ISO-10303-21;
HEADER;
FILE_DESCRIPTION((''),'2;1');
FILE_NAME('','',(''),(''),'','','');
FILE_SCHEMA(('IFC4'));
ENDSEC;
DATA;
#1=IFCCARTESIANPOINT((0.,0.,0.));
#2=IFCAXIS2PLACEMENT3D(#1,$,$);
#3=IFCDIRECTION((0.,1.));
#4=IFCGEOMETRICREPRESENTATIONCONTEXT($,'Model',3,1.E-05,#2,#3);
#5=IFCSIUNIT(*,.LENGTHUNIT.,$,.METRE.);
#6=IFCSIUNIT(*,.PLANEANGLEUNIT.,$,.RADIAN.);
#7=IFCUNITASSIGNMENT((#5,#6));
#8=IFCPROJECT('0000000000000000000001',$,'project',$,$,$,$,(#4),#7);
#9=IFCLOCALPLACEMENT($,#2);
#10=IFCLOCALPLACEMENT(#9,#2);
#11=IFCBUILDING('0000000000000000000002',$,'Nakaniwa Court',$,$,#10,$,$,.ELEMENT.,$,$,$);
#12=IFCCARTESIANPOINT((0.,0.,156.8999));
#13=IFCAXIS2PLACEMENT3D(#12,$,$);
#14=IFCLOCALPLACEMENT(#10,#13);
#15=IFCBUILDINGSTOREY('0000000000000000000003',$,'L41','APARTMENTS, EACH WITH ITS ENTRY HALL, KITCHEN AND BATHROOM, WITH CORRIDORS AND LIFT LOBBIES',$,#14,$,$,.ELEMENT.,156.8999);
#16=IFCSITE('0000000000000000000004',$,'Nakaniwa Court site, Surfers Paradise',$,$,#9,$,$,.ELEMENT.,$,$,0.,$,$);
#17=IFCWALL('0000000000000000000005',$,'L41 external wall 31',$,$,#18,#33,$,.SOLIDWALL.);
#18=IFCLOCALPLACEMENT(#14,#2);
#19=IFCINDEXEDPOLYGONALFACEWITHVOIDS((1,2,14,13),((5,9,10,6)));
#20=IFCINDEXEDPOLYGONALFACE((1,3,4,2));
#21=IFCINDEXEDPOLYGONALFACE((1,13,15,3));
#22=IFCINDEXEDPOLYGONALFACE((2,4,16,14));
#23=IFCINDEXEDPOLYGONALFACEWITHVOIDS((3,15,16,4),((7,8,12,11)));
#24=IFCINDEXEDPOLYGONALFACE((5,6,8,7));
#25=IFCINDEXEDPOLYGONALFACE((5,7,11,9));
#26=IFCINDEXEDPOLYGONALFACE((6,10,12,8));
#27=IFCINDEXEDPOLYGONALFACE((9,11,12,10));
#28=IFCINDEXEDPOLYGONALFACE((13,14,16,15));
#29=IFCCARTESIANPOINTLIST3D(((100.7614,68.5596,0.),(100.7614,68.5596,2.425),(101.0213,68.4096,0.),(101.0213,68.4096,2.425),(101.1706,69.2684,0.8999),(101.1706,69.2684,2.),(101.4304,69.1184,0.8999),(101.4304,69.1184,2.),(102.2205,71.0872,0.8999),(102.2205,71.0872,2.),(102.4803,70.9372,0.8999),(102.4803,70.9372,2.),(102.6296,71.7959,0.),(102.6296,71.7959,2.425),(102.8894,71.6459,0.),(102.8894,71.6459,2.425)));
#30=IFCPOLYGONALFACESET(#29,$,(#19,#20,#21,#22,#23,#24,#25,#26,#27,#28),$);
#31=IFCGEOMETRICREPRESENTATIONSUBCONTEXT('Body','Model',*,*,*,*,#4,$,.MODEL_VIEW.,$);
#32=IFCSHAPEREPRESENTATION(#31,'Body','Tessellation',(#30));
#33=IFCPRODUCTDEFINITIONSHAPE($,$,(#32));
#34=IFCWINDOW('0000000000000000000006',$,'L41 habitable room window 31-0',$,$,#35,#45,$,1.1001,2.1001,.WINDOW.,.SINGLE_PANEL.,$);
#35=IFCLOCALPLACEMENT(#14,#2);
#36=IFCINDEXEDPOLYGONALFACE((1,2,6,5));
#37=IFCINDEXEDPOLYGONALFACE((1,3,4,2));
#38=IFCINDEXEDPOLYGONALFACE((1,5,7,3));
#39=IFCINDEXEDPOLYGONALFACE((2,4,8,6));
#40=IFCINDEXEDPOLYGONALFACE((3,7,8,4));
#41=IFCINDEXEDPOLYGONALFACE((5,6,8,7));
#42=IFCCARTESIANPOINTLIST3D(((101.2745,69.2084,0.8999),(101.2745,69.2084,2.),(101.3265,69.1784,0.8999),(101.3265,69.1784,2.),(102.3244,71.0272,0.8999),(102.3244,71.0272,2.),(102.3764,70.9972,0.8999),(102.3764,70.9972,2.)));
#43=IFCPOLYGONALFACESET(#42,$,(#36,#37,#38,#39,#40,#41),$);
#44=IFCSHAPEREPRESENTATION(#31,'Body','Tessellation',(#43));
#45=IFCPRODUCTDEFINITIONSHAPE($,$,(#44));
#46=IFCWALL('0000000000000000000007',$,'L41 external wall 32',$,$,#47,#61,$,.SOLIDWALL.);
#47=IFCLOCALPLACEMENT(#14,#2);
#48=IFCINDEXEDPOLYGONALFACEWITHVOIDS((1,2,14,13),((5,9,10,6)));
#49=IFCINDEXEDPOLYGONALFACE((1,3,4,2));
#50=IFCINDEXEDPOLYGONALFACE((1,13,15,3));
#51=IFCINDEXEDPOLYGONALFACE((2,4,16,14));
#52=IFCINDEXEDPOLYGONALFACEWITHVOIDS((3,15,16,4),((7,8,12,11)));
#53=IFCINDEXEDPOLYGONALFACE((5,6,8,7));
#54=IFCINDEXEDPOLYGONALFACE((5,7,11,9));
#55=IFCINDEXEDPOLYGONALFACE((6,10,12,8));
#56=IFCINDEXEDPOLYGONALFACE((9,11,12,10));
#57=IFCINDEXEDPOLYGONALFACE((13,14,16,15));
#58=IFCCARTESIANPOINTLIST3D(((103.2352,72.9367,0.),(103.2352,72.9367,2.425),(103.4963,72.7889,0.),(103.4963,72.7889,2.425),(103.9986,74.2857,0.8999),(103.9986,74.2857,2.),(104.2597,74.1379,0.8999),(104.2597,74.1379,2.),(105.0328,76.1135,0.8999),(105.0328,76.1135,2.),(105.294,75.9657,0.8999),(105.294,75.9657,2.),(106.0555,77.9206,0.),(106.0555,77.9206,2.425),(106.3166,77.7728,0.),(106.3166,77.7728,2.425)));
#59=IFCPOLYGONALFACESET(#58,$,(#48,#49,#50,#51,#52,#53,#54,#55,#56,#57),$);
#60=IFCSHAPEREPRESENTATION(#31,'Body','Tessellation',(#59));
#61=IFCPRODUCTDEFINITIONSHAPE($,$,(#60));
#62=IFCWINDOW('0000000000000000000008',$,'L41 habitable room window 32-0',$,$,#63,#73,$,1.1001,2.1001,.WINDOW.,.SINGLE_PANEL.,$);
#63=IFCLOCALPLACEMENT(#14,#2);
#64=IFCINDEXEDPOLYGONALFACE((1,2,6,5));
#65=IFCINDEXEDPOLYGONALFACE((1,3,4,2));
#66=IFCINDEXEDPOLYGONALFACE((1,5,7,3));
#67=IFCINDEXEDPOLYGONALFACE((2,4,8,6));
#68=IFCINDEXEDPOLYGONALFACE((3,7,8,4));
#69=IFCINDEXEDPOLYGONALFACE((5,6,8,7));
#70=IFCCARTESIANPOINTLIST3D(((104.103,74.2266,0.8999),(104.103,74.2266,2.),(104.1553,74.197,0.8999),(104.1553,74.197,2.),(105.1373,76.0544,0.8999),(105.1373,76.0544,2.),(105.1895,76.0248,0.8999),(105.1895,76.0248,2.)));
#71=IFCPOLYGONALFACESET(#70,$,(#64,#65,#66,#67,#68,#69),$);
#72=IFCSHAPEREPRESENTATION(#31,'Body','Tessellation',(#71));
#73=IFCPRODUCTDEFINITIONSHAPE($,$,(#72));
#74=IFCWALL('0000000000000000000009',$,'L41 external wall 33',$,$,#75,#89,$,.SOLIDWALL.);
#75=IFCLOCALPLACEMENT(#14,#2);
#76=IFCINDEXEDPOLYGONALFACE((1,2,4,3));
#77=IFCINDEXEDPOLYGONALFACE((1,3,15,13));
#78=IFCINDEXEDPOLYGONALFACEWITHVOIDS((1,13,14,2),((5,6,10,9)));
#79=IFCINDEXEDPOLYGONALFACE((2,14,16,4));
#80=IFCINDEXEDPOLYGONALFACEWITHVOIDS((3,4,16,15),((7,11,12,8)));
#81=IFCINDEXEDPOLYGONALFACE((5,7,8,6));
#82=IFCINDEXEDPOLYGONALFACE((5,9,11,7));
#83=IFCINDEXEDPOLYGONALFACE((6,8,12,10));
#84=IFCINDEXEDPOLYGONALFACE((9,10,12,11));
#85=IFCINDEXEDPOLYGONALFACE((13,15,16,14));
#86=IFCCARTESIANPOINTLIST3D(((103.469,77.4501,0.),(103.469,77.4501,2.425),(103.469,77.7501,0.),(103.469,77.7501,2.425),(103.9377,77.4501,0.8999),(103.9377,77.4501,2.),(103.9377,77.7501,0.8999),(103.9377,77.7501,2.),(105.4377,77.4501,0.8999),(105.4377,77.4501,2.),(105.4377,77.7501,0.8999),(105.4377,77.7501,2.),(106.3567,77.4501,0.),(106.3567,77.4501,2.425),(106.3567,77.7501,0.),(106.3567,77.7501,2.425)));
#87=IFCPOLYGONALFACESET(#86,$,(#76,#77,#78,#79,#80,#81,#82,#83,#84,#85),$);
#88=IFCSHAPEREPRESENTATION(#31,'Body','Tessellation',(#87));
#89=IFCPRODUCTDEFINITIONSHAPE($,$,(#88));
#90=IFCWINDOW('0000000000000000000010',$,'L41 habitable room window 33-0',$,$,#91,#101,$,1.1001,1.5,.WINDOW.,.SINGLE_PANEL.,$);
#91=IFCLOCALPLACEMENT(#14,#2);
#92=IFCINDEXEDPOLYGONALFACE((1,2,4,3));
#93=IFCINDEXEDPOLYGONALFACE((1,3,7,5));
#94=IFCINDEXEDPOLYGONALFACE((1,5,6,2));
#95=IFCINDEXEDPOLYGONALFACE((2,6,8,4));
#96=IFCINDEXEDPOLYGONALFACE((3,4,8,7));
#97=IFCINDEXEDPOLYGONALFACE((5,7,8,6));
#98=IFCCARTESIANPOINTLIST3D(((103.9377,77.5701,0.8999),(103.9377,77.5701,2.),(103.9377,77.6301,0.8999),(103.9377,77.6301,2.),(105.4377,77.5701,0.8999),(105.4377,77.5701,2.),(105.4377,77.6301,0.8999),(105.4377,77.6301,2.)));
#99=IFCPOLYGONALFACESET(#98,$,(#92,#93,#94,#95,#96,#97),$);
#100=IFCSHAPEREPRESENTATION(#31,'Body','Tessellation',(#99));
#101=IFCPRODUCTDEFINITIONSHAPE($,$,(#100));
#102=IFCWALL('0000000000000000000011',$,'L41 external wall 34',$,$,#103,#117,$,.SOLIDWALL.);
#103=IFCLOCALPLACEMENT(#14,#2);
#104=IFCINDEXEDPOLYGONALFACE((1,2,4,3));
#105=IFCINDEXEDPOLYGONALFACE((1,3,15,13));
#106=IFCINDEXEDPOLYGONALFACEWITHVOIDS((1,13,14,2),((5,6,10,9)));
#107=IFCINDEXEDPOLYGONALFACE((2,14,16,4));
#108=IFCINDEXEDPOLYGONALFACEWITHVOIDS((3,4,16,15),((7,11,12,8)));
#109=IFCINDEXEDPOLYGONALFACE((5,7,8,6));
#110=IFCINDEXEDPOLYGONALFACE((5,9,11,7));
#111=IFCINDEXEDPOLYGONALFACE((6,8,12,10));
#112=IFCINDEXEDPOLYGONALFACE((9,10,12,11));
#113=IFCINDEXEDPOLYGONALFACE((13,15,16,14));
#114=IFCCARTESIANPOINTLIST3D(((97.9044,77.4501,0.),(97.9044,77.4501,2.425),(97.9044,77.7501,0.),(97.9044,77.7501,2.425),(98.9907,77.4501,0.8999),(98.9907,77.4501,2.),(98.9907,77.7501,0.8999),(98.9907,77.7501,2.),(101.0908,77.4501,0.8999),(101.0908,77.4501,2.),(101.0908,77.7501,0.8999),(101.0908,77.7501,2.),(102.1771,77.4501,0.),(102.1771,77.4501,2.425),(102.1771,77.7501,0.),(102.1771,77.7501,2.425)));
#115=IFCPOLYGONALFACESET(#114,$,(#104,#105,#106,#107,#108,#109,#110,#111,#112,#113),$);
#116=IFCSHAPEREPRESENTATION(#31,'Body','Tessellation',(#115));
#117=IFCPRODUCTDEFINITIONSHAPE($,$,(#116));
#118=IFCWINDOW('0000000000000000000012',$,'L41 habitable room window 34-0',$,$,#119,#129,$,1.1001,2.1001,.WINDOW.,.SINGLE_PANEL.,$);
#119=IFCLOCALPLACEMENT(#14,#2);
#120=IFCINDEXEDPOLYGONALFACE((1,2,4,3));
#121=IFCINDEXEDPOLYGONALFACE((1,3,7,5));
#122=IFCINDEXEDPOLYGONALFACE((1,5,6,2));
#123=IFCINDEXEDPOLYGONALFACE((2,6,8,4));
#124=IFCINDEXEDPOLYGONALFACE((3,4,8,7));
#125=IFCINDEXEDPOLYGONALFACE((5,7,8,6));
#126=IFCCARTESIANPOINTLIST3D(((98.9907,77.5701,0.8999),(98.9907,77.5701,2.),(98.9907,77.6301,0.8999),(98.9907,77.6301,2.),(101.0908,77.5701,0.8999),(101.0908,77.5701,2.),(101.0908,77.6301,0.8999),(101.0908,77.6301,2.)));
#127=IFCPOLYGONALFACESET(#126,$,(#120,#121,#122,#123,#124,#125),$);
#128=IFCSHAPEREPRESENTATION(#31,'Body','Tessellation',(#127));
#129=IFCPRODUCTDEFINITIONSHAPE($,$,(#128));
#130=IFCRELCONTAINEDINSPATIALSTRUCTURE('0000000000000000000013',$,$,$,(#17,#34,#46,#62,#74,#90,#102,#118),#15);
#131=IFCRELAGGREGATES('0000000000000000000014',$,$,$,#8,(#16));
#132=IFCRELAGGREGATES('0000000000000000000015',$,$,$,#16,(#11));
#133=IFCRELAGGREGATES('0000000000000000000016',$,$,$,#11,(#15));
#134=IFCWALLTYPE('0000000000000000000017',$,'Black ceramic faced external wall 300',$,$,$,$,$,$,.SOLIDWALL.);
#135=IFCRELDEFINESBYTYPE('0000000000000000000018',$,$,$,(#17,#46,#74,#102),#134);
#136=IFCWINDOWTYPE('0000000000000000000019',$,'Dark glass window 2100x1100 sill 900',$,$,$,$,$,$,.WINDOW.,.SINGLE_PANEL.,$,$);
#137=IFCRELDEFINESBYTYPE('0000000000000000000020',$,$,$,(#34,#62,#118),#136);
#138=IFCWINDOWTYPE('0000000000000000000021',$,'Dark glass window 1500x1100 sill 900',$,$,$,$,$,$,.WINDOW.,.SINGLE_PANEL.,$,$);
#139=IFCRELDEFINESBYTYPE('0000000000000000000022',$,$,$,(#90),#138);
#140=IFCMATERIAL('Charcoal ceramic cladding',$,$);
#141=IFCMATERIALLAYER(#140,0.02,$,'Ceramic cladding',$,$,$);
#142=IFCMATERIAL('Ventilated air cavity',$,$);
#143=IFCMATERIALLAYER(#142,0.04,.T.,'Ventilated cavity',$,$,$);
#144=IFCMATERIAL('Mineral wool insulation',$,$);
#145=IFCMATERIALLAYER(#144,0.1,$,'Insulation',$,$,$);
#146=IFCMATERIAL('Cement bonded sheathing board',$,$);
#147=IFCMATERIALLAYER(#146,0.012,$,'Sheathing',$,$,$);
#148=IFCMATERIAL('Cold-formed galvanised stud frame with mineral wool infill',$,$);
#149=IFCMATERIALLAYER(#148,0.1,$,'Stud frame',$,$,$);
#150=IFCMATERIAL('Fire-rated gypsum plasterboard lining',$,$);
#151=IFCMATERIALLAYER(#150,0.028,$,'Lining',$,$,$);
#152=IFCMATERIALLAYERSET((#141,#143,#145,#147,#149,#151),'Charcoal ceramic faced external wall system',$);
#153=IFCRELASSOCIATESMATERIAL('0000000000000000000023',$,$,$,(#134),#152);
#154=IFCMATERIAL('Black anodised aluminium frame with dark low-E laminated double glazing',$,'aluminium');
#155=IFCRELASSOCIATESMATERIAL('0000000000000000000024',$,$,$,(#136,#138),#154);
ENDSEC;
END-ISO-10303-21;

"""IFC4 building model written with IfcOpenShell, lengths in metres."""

from ifc_helpers import new_model, si_unit, direction, frame, frame_2d, origin, place, context, subcontext, project, spatial, rectangle, extrude, material, layer, layer_set, type_object, element, fill, save


model = new_model("IFC4")

# Units and contexts
model_context = context("Model", 3, precision=1e-05, world=origin(), true_north=direction((0.0, 1.0)))
body_context = subcontext(model_context, "Body", "Model", "MODEL_VIEW")
ifc_project = project(units=[si_unit("LENGTHUNIT", "METRE"), si_unit("PLANEANGLEUNIT", "RADIAN")], contexts=[model_context])

# Site, building, storey
site_placement = place(None, origin())
site = spatial("IfcSite", under=ifc_project, at=site_placement, Name="Nakaniwa Court site, Surfers Paradise", CompositionType="ELEMENT", RefElevation=0.0)
building_placement = place(site_placement, origin())
building = spatial("IfcBuilding", under=site, at=building_placement, Name="Nakaniwa Court", CompositionType="ELEMENT")
storey_placement = place(building_placement, frame((0.0, 0.0, 156.8999)))
storey = spatial("IfcBuildingStorey", under=building, at=storey_placement, Name="L41", Description="APARTMENTS, EACH WITH ITS ENTRY HALL, KITCHEN AND BATHROOM, WITH CORRIDORS AND LIFT LOBBIES", CompositionType="ELEMENT", Elevation=156.8999)

# Walls, openings, windows
ifc_material_1 = material(Name="Charcoal ceramic cladding")
ifc_layer_1 = layer(ifc_material_1, 0.02, Name="Ceramic cladding")
ifc_material_2 = material(Name="Ventilated air cavity")
ifc_layer_2 = layer(ifc_material_2, 0.04, ventilated=True, Name="Ventilated cavity")
ifc_material_3 = material(Name="Mineral wool insulation")
ifc_layer_3 = layer(ifc_material_3, 0.1, Name="Insulation")
ifc_material_4 = material(Name="Cement bonded sheathing board")
ifc_layer_4 = layer(ifc_material_4, 0.012, Name="Sheathing")
ifc_material_5 = material(Name="Cold-formed galvanised stud frame with mineral wool infill")
ifc_layer_5 = layer(ifc_material_5, 0.1, Name="Stud frame")
ifc_material_6 = material(Name="Fire-rated gypsum plasterboard lining")
ifc_layer_6 = layer(ifc_material_6, 0.028, Name="Lining")
ifc_layer_set_1 = layer_set([ifc_layer_1, ifc_layer_2, ifc_layer_3, ifc_layer_4, ifc_layer_5, ifc_layer_6], Name="Charcoal ceramic faced external wall system")
wall_type_1 = type_object("IfcWallType", Name="Black ceramic faced external wall 300", PredefinedType="SOLIDWALL", material=ifc_layer_set_1)
wall_1_placement = place(storey_placement, frame((100.8914, 68.4846, 0.0), z_axis=(0.0, 0.0, 1.0), x_axis=(0.499934, 0.866064, 0.0)))
wall_1 = element("IfcWall", 1, at=wall_1_placement, inside=storey, type_object=wall_type_1, Name="L41 external wall 31", PredefinedType="SOLIDWALL", context=body_context, shape_type="SweptSolid", body=[
    extrude(rectangle(XDim=3.7368, YDim=0.3, at=frame_2d((1.8684, 0.0))), origin(), (0.0, 0.0, 1.0), 2.425),
])
opening_1_placement = place(wall_1_placement, frame((0.8184, 0.0, 0.8999)))
opening_1 = element("IfcOpeningElement", 2, at=opening_1_placement, cuts=wall_1, PredefinedType="OPENING", context=body_context, shape_type="SweptSolid", body=[
    extrude(rectangle(XDim=2.1001, YDim=1.1001, at=frame_2d((1.05, 0.55))), frame((0.0, 0.1599, 0.0), z_axis=(0.0, -1.0, 0.0), x_axis=(1.0, 0.0, 0.0)), (0.0, 0.0, 1.0), 0.3201),
])
ifc_material_7 = material(Name="Black anodised aluminium frame with dark low-E laminated double glazing", Category="aluminium")
window_type_1 = type_object("IfcWindowType", Name="Dark glass window 2100x1100 sill 900", PartitioningType="SINGLE_PANEL", PredefinedType="WINDOW", material=ifc_material_7)
window_1_placement = place(opening_1_placement, origin())
window_1 = element("IfcWindow", 3, at=window_1_placement, inside=storey, type_object=window_type_1, Name="L41 habitable room window 31-0", OverallHeight=1.1001, OverallWidth=2.1001, PartitioningType="SINGLE_PANEL", PredefinedType="WINDOW", context=body_context, shape_type="SweptSolid", body=[
    extrude(rectangle(XDim=2.1001, YDim=1.1001, at=frame_2d((1.05, 0.55))), frame((0.0, 0.03, 0.0), z_axis=(0.0, -1.0, 0.0), x_axis=(1.0, 0.0, 0.0)), (0.0, 0.0, 1.0), 0.0601),
])
fill(opening_1, window_1)
wall_2_placement = place(storey_placement, frame((103.3657, 72.8628, 0.0), z_axis=(0.0, 0.0, 1.0), x_axis=(0.492498, 0.870313, 0.0)))
wall_2 = element("IfcWall", 4, at=wall_2_placement, inside=storey, type_object=wall_type_1, Name="L41 external wall 32", PredefinedType="SOLIDWALL", context=body_context, shape_type="SweptSolid", body=[
    extrude(rectangle(XDim=5.7266, YDim=0.3, at=frame_2d((2.8633, 0.0))), origin(), (0.0, 0.0, 1.0), 2.425),
])
opening_2_placement = place(wall_2_placement, frame((1.55, 0.0, 0.8999)))
opening_2 = element("IfcOpeningElement", 5, at=opening_2_placement, cuts=wall_2, PredefinedType="OPENING", context=body_context, shape_type="SweptSolid", body=[
    extrude(rectangle(XDim=2.1001, YDim=1.1001, at=frame_2d((1.05, 0.55))), frame((0.0, 0.1599, 0.0), z_axis=(0.0, -1.0, 0.0), x_axis=(1.0, 0.0, 0.0)), (0.0, 0.0, 1.0), 0.3201),
])
window_2_placement = place(opening_2_placement, origin())
window_2 = element("IfcWindow", 6, at=window_2_placement, inside=storey, type_object=window_type_1, Name="L41 habitable room window 32-0", OverallHeight=1.1001, OverallWidth=2.1001, PartitioningType="SINGLE_PANEL", PredefinedType="WINDOW", context=body_context, shape_type="SweptSolid", body=[
    extrude(rectangle(XDim=2.1001, YDim=1.1001, at=frame_2d((1.05, 0.55))), frame((0.0, 0.03, 0.0), z_axis=(0.0, -1.0, 0.0), x_axis=(1.0, 0.0, 0.0)), (0.0, 0.0, 1.0), 0.0601),
])
fill(opening_2, window_2)
wall_3_placement = place(storey_placement, frame((106.3567, 77.6001, 0.0), z_axis=(0.0, 0.0, 1.0), x_axis=(-1.0, 0.0, 0.0)))
wall_3 = element("IfcWall", 7, at=wall_3_placement, inside=storey, type_object=wall_type_1, Name="L41 external wall 33", PredefinedType="SOLIDWALL", context=body_context, shape_type="SweptSolid", body=[
    extrude(rectangle(XDim=2.8877, YDim=0.3, at=frame_2d((1.4438, 0.0))), origin(), (0.0, 0.0, 1.0), 2.425),
])
opening_3_placement = place(wall_3_placement, frame((0.9189, 0.0, 0.8999)))
opening_3 = element("IfcOpeningElement", 8, at=opening_3_placement, cuts=wall_3, PredefinedType="OPENING", context=body_context, shape_type="SweptSolid", body=[
    extrude(rectangle(XDim=1.5, YDim=1.1001, at=frame_2d((0.75, 0.55))), frame((0.0, 0.1599, 0.0), z_axis=(0.0, -1.0, 0.0), x_axis=(1.0, 0.0, 0.0)), (0.0, 0.0, 1.0), 0.3201),
])
window_type_2 = type_object("IfcWindowType", Name="Dark glass window 1500x1100 sill 900", PartitioningType="SINGLE_PANEL", PredefinedType="WINDOW", material=ifc_material_7)
window_3_placement = place(opening_3_placement, origin())
window_3 = element("IfcWindow", 9, at=window_3_placement, inside=storey, type_object=window_type_2, Name="L41 habitable room window 33-0", OverallHeight=1.1001, OverallWidth=1.5, PartitioningType="SINGLE_PANEL", PredefinedType="WINDOW", context=body_context, shape_type="SweptSolid", body=[
    extrude(rectangle(XDim=1.5, YDim=1.1001, at=frame_2d((0.75, 0.55))), frame((0.0, 0.03, 0.0), z_axis=(0.0, -1.0, 0.0), x_axis=(1.0, 0.0, 0.0)), (0.0, 0.0, 1.0), 0.0601),
])
fill(opening_3, window_3)
wall_4_placement = place(storey_placement, frame((102.177, 77.6001, 0.0), z_axis=(0.0, 0.0, 1.0), x_axis=(-1.0, 0.0, 0.0)))
wall_4 = element("IfcWall", 10, at=wall_4_placement, inside=storey, type_object=wall_type_1, Name="L41 external wall 34", PredefinedType="SOLIDWALL", context=body_context, shape_type="SweptSolid", body=[
    extrude(rectangle(XDim=4.2727, YDim=0.3, at=frame_2d((2.1362, 0.0))), origin(), (0.0, 0.0, 1.0), 2.425),
])
opening_4_placement = place(wall_4_placement, frame((1.0862, 0.0, 0.8999)))
opening_4 = element("IfcOpeningElement", 11, at=opening_4_placement, cuts=wall_4, PredefinedType="OPENING", context=body_context, shape_type="SweptSolid", body=[
    extrude(rectangle(XDim=2.1001, YDim=1.1001, at=frame_2d((1.05, 0.55))), frame((0.0, 0.1599, 0.0), z_axis=(0.0, -1.0, 0.0), x_axis=(1.0, 0.0, 0.0)), (0.0, 0.0, 1.0), 0.3201),
])
window_4_placement = place(opening_4_placement, origin())
window_4 = element("IfcWindow", 12, at=window_4_placement, inside=storey, type_object=window_type_1, Name="L41 habitable room window 34-0", OverallHeight=1.1001, OverallWidth=2.1001, PartitioningType="SINGLE_PANEL", PredefinedType="WINDOW", context=body_context, shape_type="SweptSolid", body=[
    extrude(rectangle(XDim=2.1001, YDim=1.1001, at=frame_2d((1.05, 0.55))), frame((0.0, 0.03, 0.0), z_axis=(0.0, -1.0, 0.0), x_axis=(1.0, 0.0, 0.0)), (0.0, 0.0, 1.0), 0.0601),
])
fill(opening_4, window_4)

save(model, "model.ifc")
